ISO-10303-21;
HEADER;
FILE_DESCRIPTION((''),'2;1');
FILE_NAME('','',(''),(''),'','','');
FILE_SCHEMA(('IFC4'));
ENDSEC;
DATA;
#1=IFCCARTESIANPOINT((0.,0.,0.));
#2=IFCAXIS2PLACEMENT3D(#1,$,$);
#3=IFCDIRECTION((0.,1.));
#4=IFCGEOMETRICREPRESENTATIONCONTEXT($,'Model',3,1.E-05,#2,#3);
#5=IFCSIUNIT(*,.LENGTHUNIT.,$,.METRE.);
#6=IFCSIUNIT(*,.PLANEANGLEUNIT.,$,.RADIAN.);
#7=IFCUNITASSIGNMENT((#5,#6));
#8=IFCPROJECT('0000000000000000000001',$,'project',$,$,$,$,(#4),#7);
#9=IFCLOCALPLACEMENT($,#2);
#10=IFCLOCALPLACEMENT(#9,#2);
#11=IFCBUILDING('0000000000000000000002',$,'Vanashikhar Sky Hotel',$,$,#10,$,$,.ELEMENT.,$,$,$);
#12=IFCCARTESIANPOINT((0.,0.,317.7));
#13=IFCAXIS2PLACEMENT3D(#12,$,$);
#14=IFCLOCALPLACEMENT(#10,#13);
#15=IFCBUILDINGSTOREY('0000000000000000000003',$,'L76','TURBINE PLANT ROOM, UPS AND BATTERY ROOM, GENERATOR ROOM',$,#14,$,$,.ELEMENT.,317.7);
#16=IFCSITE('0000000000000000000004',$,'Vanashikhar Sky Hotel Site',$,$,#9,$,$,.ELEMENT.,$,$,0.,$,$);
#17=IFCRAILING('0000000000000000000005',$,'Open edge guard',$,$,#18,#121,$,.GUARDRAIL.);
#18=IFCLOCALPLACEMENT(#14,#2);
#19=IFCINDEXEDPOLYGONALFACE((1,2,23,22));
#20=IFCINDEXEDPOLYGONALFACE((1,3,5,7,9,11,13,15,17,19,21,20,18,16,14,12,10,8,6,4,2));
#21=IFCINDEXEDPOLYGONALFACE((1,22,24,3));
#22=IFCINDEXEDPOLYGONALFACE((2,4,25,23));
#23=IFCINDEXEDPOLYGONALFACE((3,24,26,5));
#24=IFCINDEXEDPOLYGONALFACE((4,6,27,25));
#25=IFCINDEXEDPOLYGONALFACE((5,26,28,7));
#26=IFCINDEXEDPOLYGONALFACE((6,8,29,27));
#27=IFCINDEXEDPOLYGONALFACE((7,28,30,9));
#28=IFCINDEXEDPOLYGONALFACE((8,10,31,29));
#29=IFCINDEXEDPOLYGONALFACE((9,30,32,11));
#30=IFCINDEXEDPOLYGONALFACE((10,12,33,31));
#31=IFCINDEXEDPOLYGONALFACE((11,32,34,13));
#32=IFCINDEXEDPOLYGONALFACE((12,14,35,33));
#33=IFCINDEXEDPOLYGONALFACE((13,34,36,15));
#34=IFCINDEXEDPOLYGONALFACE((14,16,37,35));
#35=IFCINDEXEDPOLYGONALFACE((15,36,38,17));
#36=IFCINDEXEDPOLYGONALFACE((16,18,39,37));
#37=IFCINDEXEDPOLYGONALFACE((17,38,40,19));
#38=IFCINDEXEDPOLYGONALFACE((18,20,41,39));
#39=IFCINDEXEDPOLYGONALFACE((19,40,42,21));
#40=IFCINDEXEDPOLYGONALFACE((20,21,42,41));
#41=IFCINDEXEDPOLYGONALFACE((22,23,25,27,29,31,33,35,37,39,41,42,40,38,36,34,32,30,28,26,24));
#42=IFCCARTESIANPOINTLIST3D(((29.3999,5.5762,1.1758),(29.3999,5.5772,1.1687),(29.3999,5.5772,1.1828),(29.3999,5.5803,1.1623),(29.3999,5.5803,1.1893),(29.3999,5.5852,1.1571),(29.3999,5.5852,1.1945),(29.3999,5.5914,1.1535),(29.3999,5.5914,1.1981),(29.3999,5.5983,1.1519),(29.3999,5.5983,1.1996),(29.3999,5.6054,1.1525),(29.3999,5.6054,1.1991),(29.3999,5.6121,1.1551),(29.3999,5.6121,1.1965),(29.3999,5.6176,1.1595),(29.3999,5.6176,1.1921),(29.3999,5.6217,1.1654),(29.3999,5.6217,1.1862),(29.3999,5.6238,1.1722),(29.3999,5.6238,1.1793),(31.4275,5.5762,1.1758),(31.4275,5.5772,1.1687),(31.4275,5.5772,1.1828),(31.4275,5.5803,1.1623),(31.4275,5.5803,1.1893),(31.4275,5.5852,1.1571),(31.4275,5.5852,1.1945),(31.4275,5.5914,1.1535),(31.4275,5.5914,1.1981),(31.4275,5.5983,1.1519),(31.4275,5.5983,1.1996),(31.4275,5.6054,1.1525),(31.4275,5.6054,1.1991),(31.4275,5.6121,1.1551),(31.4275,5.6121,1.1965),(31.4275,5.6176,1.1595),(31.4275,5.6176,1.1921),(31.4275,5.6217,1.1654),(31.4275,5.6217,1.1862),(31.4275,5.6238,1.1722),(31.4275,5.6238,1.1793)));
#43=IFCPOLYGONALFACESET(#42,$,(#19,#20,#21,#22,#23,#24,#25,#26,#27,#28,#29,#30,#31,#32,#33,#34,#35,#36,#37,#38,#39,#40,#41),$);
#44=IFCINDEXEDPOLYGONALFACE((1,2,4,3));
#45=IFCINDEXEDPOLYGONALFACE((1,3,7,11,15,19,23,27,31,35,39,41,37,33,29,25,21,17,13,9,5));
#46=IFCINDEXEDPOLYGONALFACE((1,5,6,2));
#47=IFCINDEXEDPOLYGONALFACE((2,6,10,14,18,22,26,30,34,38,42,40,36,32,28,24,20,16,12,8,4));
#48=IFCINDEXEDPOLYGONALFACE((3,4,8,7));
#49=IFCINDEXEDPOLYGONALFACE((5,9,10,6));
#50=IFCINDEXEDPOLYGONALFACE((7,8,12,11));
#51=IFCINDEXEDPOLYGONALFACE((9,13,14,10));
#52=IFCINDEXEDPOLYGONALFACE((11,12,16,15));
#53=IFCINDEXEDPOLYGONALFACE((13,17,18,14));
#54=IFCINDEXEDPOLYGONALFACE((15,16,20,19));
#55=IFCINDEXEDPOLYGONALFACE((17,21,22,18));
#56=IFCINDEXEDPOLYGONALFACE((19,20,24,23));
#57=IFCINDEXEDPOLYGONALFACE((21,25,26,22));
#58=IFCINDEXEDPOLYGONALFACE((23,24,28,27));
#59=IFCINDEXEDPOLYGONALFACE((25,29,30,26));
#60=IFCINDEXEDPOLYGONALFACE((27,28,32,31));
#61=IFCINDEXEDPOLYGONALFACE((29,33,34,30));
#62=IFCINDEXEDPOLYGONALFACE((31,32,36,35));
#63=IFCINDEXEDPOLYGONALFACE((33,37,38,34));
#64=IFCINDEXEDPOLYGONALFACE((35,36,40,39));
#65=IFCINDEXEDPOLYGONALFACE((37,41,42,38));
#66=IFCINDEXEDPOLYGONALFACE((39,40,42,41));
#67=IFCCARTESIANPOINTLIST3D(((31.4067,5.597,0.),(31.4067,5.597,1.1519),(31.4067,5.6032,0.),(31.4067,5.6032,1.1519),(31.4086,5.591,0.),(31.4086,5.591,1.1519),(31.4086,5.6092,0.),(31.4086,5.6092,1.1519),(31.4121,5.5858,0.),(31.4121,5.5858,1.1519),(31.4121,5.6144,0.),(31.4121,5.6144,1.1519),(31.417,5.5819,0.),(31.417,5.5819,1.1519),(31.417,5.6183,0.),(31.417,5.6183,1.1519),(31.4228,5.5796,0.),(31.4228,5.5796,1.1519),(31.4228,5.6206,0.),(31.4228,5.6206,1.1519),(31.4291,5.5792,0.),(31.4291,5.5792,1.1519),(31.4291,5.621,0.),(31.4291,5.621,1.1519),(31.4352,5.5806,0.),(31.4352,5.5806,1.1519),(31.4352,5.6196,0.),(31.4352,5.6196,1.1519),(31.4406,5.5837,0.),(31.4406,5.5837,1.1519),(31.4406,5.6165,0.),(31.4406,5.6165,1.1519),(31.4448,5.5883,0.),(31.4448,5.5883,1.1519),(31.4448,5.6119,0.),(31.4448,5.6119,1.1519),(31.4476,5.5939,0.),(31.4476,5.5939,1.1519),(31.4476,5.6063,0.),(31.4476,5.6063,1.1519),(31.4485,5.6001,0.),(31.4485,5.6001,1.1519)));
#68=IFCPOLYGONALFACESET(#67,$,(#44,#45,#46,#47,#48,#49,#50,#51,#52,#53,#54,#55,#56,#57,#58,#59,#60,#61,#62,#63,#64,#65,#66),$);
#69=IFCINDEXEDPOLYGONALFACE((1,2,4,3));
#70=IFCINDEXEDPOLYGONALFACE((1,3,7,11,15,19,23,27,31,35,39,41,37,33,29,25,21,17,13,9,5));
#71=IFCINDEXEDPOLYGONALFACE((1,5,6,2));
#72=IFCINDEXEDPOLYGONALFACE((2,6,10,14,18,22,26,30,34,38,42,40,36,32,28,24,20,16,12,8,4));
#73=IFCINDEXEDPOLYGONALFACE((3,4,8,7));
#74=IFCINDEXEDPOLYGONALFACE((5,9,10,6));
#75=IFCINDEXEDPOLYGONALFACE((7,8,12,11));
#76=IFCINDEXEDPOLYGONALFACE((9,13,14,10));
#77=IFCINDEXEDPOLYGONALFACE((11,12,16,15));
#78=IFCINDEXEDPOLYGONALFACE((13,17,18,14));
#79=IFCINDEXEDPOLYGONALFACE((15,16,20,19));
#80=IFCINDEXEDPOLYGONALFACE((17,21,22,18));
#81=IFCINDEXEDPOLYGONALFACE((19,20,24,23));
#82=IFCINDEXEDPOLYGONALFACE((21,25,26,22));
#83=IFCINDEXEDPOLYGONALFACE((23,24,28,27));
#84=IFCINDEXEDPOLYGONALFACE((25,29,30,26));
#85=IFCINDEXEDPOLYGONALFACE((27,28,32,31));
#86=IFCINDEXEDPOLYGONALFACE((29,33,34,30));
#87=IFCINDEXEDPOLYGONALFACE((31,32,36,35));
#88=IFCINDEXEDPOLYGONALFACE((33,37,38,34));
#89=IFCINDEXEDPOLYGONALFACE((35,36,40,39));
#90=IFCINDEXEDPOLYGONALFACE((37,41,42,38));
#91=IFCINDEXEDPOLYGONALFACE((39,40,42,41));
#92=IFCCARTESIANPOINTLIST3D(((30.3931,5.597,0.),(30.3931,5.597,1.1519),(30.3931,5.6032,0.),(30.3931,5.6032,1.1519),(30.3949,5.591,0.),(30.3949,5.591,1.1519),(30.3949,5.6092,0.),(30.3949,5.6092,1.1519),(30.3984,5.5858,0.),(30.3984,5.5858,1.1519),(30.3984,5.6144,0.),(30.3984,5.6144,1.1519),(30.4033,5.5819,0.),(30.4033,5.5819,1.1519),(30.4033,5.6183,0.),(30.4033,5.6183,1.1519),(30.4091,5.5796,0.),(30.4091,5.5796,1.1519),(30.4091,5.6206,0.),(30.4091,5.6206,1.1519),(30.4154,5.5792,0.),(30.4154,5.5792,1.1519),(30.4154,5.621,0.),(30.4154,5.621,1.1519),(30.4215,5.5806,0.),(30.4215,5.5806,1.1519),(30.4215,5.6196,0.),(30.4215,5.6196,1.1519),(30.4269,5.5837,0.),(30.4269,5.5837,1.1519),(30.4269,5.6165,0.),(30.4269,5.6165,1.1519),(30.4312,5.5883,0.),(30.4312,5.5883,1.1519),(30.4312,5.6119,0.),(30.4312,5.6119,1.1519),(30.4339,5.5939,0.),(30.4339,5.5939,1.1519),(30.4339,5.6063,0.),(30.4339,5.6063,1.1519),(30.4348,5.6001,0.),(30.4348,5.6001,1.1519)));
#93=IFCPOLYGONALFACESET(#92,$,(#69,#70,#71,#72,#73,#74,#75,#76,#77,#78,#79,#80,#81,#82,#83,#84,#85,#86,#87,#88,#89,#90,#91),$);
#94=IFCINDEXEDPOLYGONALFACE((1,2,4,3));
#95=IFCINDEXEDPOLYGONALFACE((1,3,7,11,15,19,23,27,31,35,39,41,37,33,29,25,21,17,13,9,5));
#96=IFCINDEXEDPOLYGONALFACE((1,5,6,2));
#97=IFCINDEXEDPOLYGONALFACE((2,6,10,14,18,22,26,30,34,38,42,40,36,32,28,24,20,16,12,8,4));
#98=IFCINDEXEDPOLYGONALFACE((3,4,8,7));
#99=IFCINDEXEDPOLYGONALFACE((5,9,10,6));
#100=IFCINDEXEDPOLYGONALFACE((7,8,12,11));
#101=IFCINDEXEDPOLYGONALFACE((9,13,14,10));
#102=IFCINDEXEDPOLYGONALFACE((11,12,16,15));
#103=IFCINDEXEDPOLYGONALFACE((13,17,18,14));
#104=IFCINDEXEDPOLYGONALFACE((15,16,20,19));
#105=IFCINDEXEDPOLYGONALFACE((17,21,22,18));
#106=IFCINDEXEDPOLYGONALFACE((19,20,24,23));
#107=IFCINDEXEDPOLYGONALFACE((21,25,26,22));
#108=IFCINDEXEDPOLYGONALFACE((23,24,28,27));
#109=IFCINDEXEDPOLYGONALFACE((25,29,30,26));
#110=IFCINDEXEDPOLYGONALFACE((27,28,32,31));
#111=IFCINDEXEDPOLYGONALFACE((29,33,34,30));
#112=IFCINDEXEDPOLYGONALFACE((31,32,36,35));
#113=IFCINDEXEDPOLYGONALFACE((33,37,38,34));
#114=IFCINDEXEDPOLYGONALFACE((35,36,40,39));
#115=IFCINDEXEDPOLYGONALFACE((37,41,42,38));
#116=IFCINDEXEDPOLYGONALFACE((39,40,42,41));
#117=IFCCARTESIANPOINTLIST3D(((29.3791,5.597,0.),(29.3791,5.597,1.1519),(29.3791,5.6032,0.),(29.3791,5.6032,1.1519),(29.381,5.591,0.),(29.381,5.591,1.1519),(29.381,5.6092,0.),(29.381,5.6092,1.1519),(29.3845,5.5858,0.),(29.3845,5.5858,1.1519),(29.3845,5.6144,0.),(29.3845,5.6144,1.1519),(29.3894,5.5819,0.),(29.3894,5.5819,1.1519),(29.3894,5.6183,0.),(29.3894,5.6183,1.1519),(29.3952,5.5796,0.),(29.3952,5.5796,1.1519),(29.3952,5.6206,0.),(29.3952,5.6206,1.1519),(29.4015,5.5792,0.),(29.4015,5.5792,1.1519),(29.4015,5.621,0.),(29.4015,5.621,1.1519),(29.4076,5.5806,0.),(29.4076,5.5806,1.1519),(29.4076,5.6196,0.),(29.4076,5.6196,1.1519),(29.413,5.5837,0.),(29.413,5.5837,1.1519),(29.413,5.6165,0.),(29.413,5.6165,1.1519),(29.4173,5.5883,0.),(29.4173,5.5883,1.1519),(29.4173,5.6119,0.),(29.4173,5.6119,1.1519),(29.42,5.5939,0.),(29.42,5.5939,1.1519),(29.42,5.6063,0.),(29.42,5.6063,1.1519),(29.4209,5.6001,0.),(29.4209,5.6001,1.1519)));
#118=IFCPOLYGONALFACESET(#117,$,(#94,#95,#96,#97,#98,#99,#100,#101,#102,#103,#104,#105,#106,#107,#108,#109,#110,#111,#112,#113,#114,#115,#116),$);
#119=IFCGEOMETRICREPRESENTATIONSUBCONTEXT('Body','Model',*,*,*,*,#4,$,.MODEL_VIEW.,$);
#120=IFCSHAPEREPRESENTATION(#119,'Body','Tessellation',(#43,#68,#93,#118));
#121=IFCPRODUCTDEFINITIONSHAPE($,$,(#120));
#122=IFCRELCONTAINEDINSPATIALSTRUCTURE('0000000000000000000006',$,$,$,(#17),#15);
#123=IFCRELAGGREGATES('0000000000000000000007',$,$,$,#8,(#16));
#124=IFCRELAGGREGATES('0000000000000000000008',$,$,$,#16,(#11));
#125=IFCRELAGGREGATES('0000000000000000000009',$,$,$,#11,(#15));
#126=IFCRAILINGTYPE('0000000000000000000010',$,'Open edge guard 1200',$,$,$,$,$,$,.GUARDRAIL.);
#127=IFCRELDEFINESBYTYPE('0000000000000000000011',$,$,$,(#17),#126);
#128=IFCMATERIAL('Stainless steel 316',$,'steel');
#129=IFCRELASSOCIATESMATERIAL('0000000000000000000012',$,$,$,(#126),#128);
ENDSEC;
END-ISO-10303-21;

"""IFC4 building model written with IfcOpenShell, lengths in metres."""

from ifc_helpers import new_model, si_unit, direction, frame, origin, origin_2d, place, context, subcontext, project, spatial, circle, extrude, source, transform, mapped, material, type_object, element, save


model = new_model("IFC4")

# Units and contexts
model_context = context("Model", 3, precision=1e-05, world=origin(), true_north=direction((0.0, 1.0)))
body_context = subcontext(model_context, "Body", "Model", "MODEL_VIEW")
ifc_project = project(units=[si_unit("LENGTHUNIT", "METRE"), si_unit("PLANEANGLEUNIT", "RADIAN")], contexts=[model_context])

# Site, building, storey
site_placement = place(None, origin())
site = spatial("IfcSite", under=ifc_project, at=site_placement, Name="Vanashikhar Sky Hotel Site", CompositionType="ELEMENT", RefElevation=0.0)
building_placement = place(site_placement, origin())
building = spatial("IfcBuilding", under=site, at=building_placement, Name="Vanashikhar Sky Hotel", CompositionType="ELEMENT")
storey_placement = place(building_placement, frame((0.0, 0.0, 317.7)))
storey = spatial("IfcBuildingStorey", under=building, at=storey_placement, Name="L76", Description="TURBINE PLANT ROOM, UPS AND BATTERY ROOM, GENERATOR ROOM", CompositionType="ELEMENT", Elevation=317.7)

# Railing
ifc_material_1 = material(Name="Stainless steel 316", Category="steel")
railing_type = type_object("IfcRailingType", Name="Open edge guard 1200", PredefinedType="GUARDRAIL", material=ifc_material_1)
shared_shape_1 = source(origin(), body_context, "Body", "SweptSolid", [
    extrude(circle(Radius=0.0239, at=origin_2d()), frame((0.0, 0.0, 1.1758), z_axis=(-1.0, 0.0, 0.0), x_axis=(0.0, -1.0, 0.0)), (0.0, 0.0, 1.0), 2.0276),
    extrude(circle(Radius=0.021, at=origin_2d()), origin(), (0.0, 0.0, 1.0), 1.1519),
    extrude(circle(Radius=0.021, at=origin_2d()), frame((-1.0137, 0.0, 0.0)), (0.0, 0.0, 1.0), 1.1519),
    extrude(circle(Radius=0.021, at=origin_2d()), frame((-2.0276, 0.0, 0.0)), (0.0, 0.0, 1.0), 1.1519),
])
for number, where, name in (
    (1, (31.4275, 5.6001, 0.0), "Open edge guard"),
):
    element("IfcRailing", number, at=place(storey_placement, frame(where)), inside=storey, type_object=railing_type, Name=name, PredefinedType="GUARDRAIL", context=body_context, shape_type="MappedRepresentation", body=[
        mapped(shared_shape_1, transform((0.0, 0.0, 0.0), scale=1.0)),
    ])

save(model, "model.ifc")
